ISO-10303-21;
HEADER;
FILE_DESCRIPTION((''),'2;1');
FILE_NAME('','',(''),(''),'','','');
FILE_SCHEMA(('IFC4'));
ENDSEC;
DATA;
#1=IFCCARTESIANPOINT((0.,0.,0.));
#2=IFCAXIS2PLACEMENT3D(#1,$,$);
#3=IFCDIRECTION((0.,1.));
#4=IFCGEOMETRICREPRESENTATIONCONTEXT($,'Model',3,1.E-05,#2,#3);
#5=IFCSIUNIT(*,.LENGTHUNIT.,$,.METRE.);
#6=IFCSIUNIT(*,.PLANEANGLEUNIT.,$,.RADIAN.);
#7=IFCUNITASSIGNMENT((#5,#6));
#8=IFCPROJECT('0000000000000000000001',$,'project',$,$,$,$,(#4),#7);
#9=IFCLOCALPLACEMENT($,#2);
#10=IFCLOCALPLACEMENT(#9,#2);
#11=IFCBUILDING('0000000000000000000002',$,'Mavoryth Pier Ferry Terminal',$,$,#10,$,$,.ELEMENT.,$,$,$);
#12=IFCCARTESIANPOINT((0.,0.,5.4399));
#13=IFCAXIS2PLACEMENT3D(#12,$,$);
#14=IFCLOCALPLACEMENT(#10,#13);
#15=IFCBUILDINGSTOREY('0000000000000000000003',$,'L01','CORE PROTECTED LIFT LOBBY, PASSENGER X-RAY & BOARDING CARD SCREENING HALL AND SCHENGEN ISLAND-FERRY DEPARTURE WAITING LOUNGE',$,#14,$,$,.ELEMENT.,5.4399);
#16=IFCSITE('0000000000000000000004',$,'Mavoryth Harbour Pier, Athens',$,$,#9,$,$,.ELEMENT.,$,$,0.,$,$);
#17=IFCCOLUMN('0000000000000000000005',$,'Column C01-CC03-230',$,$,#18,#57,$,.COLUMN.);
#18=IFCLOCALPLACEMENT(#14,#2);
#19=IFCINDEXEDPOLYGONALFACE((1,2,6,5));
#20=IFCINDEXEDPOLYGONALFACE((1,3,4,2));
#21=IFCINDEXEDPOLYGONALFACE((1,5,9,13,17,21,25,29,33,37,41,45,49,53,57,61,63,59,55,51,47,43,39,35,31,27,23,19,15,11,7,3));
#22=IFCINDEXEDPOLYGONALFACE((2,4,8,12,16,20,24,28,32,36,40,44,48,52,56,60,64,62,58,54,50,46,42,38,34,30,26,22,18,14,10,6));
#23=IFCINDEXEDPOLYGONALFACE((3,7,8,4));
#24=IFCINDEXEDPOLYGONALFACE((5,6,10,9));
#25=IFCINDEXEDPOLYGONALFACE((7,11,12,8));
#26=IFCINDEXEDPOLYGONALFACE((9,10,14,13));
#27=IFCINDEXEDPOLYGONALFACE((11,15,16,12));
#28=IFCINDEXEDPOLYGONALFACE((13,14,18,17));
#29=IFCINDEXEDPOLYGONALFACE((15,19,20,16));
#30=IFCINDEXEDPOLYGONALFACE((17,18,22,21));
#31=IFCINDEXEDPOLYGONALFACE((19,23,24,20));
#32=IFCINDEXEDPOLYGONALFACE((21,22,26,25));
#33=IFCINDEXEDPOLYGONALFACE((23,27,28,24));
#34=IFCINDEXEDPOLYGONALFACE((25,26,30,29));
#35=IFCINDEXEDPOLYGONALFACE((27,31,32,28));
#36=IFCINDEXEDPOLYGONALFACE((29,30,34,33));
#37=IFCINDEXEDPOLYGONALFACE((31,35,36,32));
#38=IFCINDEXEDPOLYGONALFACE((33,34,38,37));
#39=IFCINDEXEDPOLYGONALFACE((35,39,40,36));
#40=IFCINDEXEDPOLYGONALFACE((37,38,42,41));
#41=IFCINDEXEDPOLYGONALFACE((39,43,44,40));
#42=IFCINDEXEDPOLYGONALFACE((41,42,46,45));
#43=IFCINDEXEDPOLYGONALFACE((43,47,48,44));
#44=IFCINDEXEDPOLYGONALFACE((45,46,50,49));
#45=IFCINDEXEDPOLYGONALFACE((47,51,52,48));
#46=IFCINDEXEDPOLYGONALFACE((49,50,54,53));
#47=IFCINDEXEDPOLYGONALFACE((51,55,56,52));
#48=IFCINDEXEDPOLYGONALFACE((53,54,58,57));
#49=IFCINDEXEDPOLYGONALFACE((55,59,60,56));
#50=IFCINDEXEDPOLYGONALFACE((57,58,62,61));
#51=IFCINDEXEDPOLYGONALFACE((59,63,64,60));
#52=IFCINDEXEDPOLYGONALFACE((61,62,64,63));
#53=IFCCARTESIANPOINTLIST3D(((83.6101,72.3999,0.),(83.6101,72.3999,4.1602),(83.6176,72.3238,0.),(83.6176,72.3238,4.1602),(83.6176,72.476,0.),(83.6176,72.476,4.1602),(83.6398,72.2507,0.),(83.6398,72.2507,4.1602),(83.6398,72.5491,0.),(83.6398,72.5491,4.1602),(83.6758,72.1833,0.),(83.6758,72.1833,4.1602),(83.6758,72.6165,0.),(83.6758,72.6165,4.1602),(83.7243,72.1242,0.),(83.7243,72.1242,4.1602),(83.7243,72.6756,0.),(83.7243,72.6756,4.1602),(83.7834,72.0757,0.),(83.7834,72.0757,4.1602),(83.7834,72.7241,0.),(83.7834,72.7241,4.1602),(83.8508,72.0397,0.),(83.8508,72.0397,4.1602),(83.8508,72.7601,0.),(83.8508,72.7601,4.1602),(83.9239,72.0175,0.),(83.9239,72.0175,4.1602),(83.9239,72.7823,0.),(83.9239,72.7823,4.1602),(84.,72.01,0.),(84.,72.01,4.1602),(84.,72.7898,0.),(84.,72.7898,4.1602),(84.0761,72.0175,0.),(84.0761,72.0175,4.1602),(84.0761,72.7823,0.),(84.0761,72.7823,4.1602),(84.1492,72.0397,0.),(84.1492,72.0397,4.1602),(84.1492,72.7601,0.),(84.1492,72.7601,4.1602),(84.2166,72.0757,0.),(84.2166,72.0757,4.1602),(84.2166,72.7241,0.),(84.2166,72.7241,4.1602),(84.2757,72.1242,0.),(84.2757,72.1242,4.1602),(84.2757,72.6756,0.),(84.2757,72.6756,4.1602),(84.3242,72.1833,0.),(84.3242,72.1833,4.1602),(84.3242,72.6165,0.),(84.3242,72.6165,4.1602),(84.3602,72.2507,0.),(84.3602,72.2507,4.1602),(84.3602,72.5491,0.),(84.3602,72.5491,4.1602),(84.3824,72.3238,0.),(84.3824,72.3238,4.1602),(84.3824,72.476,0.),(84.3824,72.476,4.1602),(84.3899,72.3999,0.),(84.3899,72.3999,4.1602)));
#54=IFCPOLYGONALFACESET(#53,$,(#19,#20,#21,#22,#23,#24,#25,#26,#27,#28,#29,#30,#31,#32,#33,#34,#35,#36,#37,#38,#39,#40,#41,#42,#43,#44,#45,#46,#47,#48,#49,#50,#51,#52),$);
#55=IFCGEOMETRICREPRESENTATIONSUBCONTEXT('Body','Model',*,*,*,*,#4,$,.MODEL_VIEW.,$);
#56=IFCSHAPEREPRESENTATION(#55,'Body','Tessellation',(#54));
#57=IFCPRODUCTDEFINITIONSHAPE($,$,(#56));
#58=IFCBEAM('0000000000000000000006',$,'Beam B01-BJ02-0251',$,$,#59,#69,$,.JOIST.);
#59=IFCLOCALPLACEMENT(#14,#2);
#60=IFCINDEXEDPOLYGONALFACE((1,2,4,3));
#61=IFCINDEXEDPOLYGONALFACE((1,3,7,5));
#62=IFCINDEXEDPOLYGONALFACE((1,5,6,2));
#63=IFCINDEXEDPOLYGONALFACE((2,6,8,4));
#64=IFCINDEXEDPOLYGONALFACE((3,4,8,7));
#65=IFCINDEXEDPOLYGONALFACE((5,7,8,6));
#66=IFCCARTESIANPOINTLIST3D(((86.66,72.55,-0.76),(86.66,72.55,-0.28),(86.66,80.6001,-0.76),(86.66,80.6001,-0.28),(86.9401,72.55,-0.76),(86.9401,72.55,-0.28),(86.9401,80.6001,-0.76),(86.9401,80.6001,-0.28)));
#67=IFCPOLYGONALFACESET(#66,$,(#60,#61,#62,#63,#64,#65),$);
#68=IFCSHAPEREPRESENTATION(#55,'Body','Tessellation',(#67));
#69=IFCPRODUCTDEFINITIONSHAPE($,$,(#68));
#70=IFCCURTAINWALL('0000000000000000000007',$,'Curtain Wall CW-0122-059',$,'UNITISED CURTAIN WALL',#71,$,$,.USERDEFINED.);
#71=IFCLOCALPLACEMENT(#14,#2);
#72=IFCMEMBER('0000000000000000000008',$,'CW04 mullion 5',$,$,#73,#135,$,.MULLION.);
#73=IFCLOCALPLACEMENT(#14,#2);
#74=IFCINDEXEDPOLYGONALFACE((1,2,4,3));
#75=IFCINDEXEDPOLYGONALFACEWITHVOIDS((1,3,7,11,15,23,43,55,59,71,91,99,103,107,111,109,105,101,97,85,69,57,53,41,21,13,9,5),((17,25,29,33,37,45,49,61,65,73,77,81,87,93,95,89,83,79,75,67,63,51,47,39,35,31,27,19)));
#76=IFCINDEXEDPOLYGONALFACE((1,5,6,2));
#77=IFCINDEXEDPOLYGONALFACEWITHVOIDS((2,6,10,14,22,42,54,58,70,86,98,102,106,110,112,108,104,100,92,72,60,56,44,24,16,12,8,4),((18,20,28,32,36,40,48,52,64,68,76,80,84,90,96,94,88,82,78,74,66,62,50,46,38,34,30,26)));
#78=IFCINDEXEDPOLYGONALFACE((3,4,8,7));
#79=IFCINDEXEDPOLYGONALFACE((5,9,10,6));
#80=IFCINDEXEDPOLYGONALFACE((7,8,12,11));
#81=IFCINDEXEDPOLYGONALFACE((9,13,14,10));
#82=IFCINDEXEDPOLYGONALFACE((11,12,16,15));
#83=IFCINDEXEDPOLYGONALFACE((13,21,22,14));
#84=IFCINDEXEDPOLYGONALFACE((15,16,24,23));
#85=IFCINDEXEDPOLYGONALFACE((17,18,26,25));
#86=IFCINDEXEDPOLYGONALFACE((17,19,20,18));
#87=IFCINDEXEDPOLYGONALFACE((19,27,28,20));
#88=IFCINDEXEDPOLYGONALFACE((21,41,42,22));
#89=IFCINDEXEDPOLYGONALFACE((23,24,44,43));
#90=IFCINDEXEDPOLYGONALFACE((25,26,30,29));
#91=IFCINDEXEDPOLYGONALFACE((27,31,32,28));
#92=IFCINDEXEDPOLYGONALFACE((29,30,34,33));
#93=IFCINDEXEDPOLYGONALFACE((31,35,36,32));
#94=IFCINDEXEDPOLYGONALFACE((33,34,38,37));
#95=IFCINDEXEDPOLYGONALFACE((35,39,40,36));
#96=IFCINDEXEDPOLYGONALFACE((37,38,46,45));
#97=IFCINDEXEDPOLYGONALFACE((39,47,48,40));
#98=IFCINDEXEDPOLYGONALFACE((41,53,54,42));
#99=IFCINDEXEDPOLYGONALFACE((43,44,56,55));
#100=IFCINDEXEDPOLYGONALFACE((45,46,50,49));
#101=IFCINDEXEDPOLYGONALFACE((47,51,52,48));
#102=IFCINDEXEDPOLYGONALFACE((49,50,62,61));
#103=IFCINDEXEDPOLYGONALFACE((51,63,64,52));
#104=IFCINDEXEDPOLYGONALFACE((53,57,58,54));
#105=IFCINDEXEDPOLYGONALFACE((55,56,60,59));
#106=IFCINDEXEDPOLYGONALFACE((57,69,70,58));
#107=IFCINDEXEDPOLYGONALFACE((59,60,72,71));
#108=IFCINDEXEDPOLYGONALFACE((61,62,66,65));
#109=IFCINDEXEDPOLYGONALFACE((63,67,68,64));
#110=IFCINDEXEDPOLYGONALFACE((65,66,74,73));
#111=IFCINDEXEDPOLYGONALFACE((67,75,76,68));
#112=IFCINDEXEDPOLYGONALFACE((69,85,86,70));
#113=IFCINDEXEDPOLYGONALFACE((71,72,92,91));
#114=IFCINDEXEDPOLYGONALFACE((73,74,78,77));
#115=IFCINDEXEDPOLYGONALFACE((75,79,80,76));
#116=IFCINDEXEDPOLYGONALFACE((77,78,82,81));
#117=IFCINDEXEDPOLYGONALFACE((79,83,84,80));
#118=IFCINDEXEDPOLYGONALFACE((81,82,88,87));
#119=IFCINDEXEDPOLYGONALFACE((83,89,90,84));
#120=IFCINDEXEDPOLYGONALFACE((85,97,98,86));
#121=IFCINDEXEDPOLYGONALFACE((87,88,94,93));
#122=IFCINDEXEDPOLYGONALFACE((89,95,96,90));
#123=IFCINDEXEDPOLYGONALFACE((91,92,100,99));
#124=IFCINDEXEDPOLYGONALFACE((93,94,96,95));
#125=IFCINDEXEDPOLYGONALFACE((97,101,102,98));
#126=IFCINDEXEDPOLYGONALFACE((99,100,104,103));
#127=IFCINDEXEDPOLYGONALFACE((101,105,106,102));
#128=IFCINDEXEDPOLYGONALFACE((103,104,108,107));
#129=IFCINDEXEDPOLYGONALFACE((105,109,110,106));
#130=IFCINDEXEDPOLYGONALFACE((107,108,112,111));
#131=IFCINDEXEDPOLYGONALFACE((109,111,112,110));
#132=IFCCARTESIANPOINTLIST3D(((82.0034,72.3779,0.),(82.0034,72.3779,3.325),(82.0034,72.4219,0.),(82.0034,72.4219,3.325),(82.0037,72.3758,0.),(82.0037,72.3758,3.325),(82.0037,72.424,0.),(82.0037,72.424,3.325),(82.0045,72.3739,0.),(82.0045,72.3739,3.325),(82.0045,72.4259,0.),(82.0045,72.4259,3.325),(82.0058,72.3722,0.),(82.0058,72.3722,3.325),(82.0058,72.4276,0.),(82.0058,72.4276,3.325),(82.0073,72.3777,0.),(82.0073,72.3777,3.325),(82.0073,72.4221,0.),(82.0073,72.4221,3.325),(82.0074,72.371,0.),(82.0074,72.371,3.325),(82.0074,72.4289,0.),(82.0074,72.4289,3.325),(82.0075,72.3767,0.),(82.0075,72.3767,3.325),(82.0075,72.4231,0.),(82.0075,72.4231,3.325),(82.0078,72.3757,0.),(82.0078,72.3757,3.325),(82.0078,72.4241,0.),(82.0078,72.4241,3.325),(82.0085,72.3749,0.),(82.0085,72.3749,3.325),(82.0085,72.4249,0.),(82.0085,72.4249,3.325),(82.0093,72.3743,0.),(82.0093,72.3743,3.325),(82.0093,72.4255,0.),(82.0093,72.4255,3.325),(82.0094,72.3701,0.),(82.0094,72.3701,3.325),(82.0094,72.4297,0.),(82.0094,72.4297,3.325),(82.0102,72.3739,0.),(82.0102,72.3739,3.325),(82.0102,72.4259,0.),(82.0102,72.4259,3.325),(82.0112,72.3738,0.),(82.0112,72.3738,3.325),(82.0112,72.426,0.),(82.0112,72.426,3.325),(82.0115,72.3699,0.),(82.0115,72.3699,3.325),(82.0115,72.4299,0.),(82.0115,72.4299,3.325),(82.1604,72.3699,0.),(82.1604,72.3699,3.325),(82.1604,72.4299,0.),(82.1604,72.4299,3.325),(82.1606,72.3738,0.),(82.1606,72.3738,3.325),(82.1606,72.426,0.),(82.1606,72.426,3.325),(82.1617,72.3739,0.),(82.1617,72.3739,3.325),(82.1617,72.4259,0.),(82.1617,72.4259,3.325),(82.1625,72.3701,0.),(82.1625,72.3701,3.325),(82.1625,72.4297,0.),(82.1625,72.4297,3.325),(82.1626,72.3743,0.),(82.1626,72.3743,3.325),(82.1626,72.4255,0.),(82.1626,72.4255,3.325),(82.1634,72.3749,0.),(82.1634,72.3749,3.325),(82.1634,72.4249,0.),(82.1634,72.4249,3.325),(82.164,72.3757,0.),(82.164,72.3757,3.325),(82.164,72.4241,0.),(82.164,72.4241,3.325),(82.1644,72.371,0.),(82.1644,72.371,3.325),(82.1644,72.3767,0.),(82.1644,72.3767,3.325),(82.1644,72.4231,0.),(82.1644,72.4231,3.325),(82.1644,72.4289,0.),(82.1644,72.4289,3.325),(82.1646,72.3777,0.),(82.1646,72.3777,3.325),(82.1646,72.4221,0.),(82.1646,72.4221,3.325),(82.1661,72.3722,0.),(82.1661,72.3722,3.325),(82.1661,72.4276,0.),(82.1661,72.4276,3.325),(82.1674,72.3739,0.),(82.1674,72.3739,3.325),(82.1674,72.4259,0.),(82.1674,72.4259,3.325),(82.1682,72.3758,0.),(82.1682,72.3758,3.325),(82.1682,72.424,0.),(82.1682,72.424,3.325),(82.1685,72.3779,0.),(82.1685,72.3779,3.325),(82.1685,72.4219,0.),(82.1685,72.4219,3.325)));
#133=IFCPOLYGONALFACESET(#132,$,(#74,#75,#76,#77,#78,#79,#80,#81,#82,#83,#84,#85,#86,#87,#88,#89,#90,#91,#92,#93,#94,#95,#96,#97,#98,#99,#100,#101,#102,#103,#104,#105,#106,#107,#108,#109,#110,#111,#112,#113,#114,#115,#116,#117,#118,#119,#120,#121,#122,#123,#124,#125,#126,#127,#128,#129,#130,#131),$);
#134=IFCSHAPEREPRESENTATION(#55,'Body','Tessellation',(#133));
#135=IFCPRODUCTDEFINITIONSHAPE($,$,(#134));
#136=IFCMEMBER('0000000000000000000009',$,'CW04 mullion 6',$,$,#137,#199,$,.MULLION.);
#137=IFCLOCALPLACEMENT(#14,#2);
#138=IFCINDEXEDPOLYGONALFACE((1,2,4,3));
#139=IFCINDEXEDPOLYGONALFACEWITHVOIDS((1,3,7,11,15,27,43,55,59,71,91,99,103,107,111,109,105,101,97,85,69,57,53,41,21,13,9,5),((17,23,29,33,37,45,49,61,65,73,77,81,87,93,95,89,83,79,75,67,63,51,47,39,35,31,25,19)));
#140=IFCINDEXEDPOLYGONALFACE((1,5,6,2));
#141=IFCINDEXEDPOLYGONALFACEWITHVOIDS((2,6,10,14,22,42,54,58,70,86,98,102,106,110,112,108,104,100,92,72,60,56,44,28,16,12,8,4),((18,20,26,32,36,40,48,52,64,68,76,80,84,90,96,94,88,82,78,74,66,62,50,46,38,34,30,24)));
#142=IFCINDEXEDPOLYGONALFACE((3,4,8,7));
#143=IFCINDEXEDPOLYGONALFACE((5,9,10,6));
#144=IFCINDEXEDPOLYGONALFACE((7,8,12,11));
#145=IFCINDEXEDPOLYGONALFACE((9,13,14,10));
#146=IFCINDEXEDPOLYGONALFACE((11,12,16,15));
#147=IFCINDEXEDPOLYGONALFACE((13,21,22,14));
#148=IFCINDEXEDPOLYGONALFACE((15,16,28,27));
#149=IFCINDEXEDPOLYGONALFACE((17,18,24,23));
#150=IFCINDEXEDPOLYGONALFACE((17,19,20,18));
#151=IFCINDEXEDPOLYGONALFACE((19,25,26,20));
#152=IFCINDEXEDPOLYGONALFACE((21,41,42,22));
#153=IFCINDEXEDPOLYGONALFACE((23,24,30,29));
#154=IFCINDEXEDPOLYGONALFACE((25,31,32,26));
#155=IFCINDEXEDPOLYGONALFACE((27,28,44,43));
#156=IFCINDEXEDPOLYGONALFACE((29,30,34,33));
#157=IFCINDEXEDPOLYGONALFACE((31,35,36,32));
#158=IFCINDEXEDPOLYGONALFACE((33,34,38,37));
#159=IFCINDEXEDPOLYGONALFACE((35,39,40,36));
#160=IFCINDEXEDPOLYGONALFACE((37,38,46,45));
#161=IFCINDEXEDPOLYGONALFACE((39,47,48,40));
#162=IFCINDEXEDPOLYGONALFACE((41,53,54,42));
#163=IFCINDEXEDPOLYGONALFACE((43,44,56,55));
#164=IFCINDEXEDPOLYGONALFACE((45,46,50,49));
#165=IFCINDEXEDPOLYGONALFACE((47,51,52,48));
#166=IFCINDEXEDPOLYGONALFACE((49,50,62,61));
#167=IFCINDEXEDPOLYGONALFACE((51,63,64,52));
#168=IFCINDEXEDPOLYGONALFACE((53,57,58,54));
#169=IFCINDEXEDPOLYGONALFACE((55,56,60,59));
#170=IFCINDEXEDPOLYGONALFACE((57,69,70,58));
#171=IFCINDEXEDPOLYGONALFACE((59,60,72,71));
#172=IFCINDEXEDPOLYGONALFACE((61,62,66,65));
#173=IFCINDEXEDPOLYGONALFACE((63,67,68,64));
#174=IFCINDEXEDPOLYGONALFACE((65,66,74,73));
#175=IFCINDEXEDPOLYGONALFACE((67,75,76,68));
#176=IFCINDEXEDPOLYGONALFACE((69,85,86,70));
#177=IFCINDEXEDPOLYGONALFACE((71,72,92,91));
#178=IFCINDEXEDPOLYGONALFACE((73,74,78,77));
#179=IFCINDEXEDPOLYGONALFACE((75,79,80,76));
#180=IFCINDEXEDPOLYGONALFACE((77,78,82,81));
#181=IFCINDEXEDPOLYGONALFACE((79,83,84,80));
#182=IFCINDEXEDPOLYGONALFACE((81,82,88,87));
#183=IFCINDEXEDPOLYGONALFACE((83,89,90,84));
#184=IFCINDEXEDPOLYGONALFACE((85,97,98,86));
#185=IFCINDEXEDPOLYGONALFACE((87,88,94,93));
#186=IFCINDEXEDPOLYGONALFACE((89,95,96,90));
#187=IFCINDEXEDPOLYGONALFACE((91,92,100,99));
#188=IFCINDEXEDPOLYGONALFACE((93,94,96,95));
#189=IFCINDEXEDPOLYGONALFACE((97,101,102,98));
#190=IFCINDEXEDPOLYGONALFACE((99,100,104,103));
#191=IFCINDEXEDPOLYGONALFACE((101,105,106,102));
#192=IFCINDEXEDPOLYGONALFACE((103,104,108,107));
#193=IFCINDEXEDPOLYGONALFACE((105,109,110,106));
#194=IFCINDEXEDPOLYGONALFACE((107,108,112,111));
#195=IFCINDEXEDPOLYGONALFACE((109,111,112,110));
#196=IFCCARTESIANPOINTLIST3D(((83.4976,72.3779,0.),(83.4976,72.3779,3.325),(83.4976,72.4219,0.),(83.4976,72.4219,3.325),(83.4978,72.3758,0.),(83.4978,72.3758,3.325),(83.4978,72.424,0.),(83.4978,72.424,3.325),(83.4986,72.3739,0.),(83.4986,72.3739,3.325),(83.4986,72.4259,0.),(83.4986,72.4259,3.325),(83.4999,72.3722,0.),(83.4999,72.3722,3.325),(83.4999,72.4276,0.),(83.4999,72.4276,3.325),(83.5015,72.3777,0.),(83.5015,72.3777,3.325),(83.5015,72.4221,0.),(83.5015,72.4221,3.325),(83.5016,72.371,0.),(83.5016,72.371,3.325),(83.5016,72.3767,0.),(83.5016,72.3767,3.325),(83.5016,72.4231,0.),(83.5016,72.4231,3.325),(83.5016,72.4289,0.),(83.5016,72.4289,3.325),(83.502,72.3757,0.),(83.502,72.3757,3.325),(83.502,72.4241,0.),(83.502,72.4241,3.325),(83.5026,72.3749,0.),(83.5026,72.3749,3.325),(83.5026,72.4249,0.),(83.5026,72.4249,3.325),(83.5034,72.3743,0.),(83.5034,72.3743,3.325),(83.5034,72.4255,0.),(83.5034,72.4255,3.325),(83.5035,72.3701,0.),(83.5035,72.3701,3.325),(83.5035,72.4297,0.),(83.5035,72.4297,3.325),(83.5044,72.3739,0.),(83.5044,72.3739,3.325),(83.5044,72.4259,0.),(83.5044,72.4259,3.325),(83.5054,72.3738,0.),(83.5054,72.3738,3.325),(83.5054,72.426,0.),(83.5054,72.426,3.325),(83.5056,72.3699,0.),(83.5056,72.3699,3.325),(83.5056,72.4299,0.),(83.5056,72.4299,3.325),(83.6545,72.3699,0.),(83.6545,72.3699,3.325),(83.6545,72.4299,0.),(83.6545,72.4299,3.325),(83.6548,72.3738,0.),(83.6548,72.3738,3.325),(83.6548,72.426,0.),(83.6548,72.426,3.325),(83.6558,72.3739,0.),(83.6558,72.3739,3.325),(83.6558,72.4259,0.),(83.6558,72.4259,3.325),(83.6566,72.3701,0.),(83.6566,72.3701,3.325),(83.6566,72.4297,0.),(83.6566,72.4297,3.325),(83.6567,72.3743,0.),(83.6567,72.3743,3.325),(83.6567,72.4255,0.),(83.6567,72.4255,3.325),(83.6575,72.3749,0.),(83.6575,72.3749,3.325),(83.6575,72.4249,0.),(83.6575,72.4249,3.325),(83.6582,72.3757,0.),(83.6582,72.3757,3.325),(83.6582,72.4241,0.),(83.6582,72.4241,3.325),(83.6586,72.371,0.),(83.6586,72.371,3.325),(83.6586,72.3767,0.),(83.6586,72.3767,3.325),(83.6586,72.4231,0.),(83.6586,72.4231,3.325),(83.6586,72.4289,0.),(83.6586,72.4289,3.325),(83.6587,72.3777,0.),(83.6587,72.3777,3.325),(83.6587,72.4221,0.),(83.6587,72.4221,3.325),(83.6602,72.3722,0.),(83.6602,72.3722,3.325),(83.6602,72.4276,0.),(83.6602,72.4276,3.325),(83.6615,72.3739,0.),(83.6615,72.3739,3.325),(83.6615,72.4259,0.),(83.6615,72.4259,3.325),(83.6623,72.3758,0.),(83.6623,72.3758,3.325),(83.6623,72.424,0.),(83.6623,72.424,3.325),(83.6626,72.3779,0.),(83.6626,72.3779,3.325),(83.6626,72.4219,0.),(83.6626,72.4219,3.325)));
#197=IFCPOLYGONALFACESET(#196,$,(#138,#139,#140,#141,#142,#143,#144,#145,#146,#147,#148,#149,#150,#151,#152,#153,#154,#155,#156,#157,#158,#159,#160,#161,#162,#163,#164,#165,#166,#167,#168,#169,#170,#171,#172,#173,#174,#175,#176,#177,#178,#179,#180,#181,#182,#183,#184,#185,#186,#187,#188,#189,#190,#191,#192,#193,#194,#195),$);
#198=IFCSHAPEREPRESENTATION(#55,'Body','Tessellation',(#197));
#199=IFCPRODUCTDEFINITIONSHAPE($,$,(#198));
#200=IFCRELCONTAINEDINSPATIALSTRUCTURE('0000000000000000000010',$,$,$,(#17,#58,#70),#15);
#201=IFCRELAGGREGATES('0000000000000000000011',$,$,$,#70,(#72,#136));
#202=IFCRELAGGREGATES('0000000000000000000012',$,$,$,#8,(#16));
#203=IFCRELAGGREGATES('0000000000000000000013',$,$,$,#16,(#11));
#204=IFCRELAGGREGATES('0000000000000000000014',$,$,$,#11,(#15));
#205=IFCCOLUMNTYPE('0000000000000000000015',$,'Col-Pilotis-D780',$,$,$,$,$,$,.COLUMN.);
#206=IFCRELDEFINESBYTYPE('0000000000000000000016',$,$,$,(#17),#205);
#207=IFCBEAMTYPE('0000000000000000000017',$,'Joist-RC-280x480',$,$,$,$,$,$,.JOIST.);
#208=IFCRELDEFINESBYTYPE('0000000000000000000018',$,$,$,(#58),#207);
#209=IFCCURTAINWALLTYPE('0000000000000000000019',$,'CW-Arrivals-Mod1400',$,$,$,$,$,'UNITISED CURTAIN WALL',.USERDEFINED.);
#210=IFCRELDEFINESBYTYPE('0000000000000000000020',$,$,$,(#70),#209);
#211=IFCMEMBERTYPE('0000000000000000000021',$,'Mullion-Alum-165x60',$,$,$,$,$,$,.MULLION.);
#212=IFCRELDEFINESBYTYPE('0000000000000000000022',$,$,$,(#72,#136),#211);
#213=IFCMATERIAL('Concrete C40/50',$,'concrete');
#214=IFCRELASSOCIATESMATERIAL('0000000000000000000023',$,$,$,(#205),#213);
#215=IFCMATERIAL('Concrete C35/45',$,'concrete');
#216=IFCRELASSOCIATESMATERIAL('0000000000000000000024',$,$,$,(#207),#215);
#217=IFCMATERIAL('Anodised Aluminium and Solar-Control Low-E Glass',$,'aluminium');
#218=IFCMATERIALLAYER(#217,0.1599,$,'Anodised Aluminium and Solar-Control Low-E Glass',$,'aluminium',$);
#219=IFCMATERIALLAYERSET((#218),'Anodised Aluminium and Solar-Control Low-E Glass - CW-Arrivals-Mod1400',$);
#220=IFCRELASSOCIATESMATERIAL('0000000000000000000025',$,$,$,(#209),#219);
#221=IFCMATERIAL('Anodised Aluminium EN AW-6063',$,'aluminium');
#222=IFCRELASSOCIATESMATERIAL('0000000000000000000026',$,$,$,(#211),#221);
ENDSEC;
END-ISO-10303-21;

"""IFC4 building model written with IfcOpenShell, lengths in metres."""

from ifc_helpers import new_model, si_unit, direction, frame, origin, origin_2d, place, context, subcontext, project, spatial, rectangle, hollow_rectangle, circle, extrude, material, layer, layer_set, material_profile, profile_set, type_object, element, aggregate, save


model = new_model("IFC4")

# Units and contexts
model_context = context("Model", 3, precision=1e-05, world=origin(), true_north=direction((0.0, 1.0)))
body_context = subcontext(model_context, "Body", "Model", "MODEL_VIEW")
ifc_project = project(units=[si_unit("LENGTHUNIT", "METRE"), si_unit("PLANEANGLEUNIT", "RADIAN")], contexts=[model_context])

# Site, building, storey
site_placement = place(None, origin())
site = spatial("IfcSite", under=ifc_project, at=site_placement, Name="Mavoryth Harbour Pier, Athens", CompositionType="ELEMENT", RefElevation=0.0)
building_placement = place(site_placement, origin())
building = spatial("IfcBuilding", under=site, at=building_placement, Name="Mavoryth Pier Ferry Terminal", CompositionType="ELEMENT")
storey_placement = place(building_placement, frame((0.0, 0.0, 5.4399)))
storey = spatial("IfcBuildingStorey", under=building, at=storey_placement, Name="L01", Description="CORE PROTECTED LIFT LOBBY, PASSENGER X-RAY & BOARDING CARD SCREENING HALL AND SCHENGEN ISLAND-FERRY DEPARTURE WAITING LOUNGE", CompositionType="ELEMENT", Elevation=5.4399)

# Column
ifc_material_1 = material(Name="Concrete C40/50", Category="concrete")
ifc_material_profile_1 = material_profile(ifc_material_1, circle(Radius=0.3899, at=origin_2d()), Name="RC D780", Category="concrete")
ifc_profile_set_1 = profile_set([ifc_material_profile_1], Name="Concrete C40/50 - RC D780")
column_type = type_object("IfcColumnType", Name="Col-Pilotis-D780", PredefinedType="COLUMN", material=ifc_profile_set_1)
column_placement = place(storey_placement, frame((84.0, 72.3999, 0.0), z_axis=(0.0, 0.0, 1.0), x_axis=(1.0, 0.0, 0.0)))
element("IfcColumn", 1, at=column_placement, inside=storey, type_object=column_type, Name="Column C01-CC03-230", PredefinedType="COLUMN", context=body_context, shape_type="SweptSolid", body=[
    extrude(circle(Radius=0.3899, at=origin_2d()), origin(), (0.0, 0.0, 1.0), 4.1602),
])

# Beam
ifc_material_2 = material(Name="Concrete C35/45", Category="concrete")
ifc_material_profile_2 = material_profile(ifc_material_2, rectangle(XDim=0.28, YDim=0.48, at=origin_2d()), Name="RC 280x480", Category="concrete")
ifc_profile_set_2 = profile_set([ifc_material_profile_2], Name="Concrete C35/45 - RC 280x480")
beam_type_1 = type_object("IfcBeamType", Name="Joist-RC-280x480", PredefinedType="JOIST", material=ifc_profile_set_2)
beam_1_placement = place(storey_placement, frame((86.8, 72.55, -0.52), z_axis=(0.0, 1.0, 0.0), x_axis=(-1.0, 0.0, 0.0)))
element("IfcBeam", 2, at=beam_1_placement, inside=storey, type_object=beam_type_1, Name="Beam B01-BJ02-0251", PredefinedType="JOIST", context=body_context, shape_type="SweptSolid", body=[
    extrude(rectangle(XDim=0.28, YDim=0.48, at=origin_2d()), origin(), (0.0, 0.0, 1.0), 8.05),
])

# Curtain wall, members
ifc_material_3 = material(Name="Anodised Aluminium and Solar-Control Low-E Glass", Category="aluminium")
ifc_layer_1 = layer(ifc_material_3, 0.1599, Name="Anodised Aluminium and Solar-Control Low-E Glass", Category="aluminium")
ifc_layer_set_1 = layer_set([ifc_layer_1], Name="Anodised Aluminium and Solar-Control Low-E Glass - CW-Arrivals-Mod1400")
curtain_wall_type = type_object("IfcCurtainWallType", Name="CW-Arrivals-Mod1400", ElementType="UNITISED CURTAIN WALL", PredefinedType="USERDEFINED", material=ifc_layer_set_1)
curtain_wall_1_placement = place(storey_placement, origin())
curtain_wall_1 = element("IfcCurtainWall", 3, at=curtain_wall_1_placement, inside=storey, type_object=curtain_wall_type, Name="Curtain Wall CW-0122-059", ObjectType="UNITISED CURTAIN WALL", PredefinedType="USERDEFINED")
ifc_material_4 = material(Name="Anodised Aluminium EN AW-6063", Category="aluminium")
ifc_material_profile_3 = material_profile(ifc_material_4, hollow_rectangle(XDim=0.0601, YDim=0.165, WallThickness=0.0039, InnerFilletRadius=0.0039, OuterFilletRadius=0.0081, at=origin_2d()), Name="AL-MULL 165x60x4", Category="aluminium")
ifc_profile_set_3 = profile_set([ifc_material_profile_3], Name="Anodised Aluminium EN AW-6063 - AL-MULL 165x60x4")
member_type_1 = type_object("IfcMemberType", Name="Mullion-Alum-165x60", PredefinedType="MULLION", material=ifc_profile_set_3)
member_1_placement = place(storey_placement, frame((82.0859, 72.3999, 0.0), z_axis=(0.0, 0.0, 1.0), x_axis=(0.0, 1.0, 0.0)))
member_1 = element("IfcMember", 4, at=member_1_placement, type_object=member_type_1, Name="CW04 mullion 5", PredefinedType="MULLION", context=body_context, shape_type="SweptSolid", body=[
    extrude(hollow_rectangle(XDim=0.0601, YDim=0.165, WallThickness=0.0039, InnerFilletRadius=0.0039, OuterFilletRadius=0.0081, at=origin_2d()), origin(), (0.0, 0.0, 1.0), 3.325),
])
member_2_placement = place(storey_placement, frame((83.5801, 72.3999, 0.0), z_axis=(0.0, 0.0, 1.0), x_axis=(0.0, 1.0, 0.0)))
member_2 = element("IfcMember", 5, at=member_2_placement, type_object=member_type_1, Name="CW04 mullion 6", PredefinedType="MULLION", context=body_context, shape_type="SweptSolid", body=[
    extrude(hollow_rectangle(XDim=0.0601, YDim=0.165, WallThickness=0.0039, InnerFilletRadius=0.0039, OuterFilletRadius=0.0081, at=origin_2d()), origin(), (0.0, 0.0, 1.0), 3.325),
])

aggregate(curtain_wall_1, [member_1, member_2])

save(model, "model.ifc")
